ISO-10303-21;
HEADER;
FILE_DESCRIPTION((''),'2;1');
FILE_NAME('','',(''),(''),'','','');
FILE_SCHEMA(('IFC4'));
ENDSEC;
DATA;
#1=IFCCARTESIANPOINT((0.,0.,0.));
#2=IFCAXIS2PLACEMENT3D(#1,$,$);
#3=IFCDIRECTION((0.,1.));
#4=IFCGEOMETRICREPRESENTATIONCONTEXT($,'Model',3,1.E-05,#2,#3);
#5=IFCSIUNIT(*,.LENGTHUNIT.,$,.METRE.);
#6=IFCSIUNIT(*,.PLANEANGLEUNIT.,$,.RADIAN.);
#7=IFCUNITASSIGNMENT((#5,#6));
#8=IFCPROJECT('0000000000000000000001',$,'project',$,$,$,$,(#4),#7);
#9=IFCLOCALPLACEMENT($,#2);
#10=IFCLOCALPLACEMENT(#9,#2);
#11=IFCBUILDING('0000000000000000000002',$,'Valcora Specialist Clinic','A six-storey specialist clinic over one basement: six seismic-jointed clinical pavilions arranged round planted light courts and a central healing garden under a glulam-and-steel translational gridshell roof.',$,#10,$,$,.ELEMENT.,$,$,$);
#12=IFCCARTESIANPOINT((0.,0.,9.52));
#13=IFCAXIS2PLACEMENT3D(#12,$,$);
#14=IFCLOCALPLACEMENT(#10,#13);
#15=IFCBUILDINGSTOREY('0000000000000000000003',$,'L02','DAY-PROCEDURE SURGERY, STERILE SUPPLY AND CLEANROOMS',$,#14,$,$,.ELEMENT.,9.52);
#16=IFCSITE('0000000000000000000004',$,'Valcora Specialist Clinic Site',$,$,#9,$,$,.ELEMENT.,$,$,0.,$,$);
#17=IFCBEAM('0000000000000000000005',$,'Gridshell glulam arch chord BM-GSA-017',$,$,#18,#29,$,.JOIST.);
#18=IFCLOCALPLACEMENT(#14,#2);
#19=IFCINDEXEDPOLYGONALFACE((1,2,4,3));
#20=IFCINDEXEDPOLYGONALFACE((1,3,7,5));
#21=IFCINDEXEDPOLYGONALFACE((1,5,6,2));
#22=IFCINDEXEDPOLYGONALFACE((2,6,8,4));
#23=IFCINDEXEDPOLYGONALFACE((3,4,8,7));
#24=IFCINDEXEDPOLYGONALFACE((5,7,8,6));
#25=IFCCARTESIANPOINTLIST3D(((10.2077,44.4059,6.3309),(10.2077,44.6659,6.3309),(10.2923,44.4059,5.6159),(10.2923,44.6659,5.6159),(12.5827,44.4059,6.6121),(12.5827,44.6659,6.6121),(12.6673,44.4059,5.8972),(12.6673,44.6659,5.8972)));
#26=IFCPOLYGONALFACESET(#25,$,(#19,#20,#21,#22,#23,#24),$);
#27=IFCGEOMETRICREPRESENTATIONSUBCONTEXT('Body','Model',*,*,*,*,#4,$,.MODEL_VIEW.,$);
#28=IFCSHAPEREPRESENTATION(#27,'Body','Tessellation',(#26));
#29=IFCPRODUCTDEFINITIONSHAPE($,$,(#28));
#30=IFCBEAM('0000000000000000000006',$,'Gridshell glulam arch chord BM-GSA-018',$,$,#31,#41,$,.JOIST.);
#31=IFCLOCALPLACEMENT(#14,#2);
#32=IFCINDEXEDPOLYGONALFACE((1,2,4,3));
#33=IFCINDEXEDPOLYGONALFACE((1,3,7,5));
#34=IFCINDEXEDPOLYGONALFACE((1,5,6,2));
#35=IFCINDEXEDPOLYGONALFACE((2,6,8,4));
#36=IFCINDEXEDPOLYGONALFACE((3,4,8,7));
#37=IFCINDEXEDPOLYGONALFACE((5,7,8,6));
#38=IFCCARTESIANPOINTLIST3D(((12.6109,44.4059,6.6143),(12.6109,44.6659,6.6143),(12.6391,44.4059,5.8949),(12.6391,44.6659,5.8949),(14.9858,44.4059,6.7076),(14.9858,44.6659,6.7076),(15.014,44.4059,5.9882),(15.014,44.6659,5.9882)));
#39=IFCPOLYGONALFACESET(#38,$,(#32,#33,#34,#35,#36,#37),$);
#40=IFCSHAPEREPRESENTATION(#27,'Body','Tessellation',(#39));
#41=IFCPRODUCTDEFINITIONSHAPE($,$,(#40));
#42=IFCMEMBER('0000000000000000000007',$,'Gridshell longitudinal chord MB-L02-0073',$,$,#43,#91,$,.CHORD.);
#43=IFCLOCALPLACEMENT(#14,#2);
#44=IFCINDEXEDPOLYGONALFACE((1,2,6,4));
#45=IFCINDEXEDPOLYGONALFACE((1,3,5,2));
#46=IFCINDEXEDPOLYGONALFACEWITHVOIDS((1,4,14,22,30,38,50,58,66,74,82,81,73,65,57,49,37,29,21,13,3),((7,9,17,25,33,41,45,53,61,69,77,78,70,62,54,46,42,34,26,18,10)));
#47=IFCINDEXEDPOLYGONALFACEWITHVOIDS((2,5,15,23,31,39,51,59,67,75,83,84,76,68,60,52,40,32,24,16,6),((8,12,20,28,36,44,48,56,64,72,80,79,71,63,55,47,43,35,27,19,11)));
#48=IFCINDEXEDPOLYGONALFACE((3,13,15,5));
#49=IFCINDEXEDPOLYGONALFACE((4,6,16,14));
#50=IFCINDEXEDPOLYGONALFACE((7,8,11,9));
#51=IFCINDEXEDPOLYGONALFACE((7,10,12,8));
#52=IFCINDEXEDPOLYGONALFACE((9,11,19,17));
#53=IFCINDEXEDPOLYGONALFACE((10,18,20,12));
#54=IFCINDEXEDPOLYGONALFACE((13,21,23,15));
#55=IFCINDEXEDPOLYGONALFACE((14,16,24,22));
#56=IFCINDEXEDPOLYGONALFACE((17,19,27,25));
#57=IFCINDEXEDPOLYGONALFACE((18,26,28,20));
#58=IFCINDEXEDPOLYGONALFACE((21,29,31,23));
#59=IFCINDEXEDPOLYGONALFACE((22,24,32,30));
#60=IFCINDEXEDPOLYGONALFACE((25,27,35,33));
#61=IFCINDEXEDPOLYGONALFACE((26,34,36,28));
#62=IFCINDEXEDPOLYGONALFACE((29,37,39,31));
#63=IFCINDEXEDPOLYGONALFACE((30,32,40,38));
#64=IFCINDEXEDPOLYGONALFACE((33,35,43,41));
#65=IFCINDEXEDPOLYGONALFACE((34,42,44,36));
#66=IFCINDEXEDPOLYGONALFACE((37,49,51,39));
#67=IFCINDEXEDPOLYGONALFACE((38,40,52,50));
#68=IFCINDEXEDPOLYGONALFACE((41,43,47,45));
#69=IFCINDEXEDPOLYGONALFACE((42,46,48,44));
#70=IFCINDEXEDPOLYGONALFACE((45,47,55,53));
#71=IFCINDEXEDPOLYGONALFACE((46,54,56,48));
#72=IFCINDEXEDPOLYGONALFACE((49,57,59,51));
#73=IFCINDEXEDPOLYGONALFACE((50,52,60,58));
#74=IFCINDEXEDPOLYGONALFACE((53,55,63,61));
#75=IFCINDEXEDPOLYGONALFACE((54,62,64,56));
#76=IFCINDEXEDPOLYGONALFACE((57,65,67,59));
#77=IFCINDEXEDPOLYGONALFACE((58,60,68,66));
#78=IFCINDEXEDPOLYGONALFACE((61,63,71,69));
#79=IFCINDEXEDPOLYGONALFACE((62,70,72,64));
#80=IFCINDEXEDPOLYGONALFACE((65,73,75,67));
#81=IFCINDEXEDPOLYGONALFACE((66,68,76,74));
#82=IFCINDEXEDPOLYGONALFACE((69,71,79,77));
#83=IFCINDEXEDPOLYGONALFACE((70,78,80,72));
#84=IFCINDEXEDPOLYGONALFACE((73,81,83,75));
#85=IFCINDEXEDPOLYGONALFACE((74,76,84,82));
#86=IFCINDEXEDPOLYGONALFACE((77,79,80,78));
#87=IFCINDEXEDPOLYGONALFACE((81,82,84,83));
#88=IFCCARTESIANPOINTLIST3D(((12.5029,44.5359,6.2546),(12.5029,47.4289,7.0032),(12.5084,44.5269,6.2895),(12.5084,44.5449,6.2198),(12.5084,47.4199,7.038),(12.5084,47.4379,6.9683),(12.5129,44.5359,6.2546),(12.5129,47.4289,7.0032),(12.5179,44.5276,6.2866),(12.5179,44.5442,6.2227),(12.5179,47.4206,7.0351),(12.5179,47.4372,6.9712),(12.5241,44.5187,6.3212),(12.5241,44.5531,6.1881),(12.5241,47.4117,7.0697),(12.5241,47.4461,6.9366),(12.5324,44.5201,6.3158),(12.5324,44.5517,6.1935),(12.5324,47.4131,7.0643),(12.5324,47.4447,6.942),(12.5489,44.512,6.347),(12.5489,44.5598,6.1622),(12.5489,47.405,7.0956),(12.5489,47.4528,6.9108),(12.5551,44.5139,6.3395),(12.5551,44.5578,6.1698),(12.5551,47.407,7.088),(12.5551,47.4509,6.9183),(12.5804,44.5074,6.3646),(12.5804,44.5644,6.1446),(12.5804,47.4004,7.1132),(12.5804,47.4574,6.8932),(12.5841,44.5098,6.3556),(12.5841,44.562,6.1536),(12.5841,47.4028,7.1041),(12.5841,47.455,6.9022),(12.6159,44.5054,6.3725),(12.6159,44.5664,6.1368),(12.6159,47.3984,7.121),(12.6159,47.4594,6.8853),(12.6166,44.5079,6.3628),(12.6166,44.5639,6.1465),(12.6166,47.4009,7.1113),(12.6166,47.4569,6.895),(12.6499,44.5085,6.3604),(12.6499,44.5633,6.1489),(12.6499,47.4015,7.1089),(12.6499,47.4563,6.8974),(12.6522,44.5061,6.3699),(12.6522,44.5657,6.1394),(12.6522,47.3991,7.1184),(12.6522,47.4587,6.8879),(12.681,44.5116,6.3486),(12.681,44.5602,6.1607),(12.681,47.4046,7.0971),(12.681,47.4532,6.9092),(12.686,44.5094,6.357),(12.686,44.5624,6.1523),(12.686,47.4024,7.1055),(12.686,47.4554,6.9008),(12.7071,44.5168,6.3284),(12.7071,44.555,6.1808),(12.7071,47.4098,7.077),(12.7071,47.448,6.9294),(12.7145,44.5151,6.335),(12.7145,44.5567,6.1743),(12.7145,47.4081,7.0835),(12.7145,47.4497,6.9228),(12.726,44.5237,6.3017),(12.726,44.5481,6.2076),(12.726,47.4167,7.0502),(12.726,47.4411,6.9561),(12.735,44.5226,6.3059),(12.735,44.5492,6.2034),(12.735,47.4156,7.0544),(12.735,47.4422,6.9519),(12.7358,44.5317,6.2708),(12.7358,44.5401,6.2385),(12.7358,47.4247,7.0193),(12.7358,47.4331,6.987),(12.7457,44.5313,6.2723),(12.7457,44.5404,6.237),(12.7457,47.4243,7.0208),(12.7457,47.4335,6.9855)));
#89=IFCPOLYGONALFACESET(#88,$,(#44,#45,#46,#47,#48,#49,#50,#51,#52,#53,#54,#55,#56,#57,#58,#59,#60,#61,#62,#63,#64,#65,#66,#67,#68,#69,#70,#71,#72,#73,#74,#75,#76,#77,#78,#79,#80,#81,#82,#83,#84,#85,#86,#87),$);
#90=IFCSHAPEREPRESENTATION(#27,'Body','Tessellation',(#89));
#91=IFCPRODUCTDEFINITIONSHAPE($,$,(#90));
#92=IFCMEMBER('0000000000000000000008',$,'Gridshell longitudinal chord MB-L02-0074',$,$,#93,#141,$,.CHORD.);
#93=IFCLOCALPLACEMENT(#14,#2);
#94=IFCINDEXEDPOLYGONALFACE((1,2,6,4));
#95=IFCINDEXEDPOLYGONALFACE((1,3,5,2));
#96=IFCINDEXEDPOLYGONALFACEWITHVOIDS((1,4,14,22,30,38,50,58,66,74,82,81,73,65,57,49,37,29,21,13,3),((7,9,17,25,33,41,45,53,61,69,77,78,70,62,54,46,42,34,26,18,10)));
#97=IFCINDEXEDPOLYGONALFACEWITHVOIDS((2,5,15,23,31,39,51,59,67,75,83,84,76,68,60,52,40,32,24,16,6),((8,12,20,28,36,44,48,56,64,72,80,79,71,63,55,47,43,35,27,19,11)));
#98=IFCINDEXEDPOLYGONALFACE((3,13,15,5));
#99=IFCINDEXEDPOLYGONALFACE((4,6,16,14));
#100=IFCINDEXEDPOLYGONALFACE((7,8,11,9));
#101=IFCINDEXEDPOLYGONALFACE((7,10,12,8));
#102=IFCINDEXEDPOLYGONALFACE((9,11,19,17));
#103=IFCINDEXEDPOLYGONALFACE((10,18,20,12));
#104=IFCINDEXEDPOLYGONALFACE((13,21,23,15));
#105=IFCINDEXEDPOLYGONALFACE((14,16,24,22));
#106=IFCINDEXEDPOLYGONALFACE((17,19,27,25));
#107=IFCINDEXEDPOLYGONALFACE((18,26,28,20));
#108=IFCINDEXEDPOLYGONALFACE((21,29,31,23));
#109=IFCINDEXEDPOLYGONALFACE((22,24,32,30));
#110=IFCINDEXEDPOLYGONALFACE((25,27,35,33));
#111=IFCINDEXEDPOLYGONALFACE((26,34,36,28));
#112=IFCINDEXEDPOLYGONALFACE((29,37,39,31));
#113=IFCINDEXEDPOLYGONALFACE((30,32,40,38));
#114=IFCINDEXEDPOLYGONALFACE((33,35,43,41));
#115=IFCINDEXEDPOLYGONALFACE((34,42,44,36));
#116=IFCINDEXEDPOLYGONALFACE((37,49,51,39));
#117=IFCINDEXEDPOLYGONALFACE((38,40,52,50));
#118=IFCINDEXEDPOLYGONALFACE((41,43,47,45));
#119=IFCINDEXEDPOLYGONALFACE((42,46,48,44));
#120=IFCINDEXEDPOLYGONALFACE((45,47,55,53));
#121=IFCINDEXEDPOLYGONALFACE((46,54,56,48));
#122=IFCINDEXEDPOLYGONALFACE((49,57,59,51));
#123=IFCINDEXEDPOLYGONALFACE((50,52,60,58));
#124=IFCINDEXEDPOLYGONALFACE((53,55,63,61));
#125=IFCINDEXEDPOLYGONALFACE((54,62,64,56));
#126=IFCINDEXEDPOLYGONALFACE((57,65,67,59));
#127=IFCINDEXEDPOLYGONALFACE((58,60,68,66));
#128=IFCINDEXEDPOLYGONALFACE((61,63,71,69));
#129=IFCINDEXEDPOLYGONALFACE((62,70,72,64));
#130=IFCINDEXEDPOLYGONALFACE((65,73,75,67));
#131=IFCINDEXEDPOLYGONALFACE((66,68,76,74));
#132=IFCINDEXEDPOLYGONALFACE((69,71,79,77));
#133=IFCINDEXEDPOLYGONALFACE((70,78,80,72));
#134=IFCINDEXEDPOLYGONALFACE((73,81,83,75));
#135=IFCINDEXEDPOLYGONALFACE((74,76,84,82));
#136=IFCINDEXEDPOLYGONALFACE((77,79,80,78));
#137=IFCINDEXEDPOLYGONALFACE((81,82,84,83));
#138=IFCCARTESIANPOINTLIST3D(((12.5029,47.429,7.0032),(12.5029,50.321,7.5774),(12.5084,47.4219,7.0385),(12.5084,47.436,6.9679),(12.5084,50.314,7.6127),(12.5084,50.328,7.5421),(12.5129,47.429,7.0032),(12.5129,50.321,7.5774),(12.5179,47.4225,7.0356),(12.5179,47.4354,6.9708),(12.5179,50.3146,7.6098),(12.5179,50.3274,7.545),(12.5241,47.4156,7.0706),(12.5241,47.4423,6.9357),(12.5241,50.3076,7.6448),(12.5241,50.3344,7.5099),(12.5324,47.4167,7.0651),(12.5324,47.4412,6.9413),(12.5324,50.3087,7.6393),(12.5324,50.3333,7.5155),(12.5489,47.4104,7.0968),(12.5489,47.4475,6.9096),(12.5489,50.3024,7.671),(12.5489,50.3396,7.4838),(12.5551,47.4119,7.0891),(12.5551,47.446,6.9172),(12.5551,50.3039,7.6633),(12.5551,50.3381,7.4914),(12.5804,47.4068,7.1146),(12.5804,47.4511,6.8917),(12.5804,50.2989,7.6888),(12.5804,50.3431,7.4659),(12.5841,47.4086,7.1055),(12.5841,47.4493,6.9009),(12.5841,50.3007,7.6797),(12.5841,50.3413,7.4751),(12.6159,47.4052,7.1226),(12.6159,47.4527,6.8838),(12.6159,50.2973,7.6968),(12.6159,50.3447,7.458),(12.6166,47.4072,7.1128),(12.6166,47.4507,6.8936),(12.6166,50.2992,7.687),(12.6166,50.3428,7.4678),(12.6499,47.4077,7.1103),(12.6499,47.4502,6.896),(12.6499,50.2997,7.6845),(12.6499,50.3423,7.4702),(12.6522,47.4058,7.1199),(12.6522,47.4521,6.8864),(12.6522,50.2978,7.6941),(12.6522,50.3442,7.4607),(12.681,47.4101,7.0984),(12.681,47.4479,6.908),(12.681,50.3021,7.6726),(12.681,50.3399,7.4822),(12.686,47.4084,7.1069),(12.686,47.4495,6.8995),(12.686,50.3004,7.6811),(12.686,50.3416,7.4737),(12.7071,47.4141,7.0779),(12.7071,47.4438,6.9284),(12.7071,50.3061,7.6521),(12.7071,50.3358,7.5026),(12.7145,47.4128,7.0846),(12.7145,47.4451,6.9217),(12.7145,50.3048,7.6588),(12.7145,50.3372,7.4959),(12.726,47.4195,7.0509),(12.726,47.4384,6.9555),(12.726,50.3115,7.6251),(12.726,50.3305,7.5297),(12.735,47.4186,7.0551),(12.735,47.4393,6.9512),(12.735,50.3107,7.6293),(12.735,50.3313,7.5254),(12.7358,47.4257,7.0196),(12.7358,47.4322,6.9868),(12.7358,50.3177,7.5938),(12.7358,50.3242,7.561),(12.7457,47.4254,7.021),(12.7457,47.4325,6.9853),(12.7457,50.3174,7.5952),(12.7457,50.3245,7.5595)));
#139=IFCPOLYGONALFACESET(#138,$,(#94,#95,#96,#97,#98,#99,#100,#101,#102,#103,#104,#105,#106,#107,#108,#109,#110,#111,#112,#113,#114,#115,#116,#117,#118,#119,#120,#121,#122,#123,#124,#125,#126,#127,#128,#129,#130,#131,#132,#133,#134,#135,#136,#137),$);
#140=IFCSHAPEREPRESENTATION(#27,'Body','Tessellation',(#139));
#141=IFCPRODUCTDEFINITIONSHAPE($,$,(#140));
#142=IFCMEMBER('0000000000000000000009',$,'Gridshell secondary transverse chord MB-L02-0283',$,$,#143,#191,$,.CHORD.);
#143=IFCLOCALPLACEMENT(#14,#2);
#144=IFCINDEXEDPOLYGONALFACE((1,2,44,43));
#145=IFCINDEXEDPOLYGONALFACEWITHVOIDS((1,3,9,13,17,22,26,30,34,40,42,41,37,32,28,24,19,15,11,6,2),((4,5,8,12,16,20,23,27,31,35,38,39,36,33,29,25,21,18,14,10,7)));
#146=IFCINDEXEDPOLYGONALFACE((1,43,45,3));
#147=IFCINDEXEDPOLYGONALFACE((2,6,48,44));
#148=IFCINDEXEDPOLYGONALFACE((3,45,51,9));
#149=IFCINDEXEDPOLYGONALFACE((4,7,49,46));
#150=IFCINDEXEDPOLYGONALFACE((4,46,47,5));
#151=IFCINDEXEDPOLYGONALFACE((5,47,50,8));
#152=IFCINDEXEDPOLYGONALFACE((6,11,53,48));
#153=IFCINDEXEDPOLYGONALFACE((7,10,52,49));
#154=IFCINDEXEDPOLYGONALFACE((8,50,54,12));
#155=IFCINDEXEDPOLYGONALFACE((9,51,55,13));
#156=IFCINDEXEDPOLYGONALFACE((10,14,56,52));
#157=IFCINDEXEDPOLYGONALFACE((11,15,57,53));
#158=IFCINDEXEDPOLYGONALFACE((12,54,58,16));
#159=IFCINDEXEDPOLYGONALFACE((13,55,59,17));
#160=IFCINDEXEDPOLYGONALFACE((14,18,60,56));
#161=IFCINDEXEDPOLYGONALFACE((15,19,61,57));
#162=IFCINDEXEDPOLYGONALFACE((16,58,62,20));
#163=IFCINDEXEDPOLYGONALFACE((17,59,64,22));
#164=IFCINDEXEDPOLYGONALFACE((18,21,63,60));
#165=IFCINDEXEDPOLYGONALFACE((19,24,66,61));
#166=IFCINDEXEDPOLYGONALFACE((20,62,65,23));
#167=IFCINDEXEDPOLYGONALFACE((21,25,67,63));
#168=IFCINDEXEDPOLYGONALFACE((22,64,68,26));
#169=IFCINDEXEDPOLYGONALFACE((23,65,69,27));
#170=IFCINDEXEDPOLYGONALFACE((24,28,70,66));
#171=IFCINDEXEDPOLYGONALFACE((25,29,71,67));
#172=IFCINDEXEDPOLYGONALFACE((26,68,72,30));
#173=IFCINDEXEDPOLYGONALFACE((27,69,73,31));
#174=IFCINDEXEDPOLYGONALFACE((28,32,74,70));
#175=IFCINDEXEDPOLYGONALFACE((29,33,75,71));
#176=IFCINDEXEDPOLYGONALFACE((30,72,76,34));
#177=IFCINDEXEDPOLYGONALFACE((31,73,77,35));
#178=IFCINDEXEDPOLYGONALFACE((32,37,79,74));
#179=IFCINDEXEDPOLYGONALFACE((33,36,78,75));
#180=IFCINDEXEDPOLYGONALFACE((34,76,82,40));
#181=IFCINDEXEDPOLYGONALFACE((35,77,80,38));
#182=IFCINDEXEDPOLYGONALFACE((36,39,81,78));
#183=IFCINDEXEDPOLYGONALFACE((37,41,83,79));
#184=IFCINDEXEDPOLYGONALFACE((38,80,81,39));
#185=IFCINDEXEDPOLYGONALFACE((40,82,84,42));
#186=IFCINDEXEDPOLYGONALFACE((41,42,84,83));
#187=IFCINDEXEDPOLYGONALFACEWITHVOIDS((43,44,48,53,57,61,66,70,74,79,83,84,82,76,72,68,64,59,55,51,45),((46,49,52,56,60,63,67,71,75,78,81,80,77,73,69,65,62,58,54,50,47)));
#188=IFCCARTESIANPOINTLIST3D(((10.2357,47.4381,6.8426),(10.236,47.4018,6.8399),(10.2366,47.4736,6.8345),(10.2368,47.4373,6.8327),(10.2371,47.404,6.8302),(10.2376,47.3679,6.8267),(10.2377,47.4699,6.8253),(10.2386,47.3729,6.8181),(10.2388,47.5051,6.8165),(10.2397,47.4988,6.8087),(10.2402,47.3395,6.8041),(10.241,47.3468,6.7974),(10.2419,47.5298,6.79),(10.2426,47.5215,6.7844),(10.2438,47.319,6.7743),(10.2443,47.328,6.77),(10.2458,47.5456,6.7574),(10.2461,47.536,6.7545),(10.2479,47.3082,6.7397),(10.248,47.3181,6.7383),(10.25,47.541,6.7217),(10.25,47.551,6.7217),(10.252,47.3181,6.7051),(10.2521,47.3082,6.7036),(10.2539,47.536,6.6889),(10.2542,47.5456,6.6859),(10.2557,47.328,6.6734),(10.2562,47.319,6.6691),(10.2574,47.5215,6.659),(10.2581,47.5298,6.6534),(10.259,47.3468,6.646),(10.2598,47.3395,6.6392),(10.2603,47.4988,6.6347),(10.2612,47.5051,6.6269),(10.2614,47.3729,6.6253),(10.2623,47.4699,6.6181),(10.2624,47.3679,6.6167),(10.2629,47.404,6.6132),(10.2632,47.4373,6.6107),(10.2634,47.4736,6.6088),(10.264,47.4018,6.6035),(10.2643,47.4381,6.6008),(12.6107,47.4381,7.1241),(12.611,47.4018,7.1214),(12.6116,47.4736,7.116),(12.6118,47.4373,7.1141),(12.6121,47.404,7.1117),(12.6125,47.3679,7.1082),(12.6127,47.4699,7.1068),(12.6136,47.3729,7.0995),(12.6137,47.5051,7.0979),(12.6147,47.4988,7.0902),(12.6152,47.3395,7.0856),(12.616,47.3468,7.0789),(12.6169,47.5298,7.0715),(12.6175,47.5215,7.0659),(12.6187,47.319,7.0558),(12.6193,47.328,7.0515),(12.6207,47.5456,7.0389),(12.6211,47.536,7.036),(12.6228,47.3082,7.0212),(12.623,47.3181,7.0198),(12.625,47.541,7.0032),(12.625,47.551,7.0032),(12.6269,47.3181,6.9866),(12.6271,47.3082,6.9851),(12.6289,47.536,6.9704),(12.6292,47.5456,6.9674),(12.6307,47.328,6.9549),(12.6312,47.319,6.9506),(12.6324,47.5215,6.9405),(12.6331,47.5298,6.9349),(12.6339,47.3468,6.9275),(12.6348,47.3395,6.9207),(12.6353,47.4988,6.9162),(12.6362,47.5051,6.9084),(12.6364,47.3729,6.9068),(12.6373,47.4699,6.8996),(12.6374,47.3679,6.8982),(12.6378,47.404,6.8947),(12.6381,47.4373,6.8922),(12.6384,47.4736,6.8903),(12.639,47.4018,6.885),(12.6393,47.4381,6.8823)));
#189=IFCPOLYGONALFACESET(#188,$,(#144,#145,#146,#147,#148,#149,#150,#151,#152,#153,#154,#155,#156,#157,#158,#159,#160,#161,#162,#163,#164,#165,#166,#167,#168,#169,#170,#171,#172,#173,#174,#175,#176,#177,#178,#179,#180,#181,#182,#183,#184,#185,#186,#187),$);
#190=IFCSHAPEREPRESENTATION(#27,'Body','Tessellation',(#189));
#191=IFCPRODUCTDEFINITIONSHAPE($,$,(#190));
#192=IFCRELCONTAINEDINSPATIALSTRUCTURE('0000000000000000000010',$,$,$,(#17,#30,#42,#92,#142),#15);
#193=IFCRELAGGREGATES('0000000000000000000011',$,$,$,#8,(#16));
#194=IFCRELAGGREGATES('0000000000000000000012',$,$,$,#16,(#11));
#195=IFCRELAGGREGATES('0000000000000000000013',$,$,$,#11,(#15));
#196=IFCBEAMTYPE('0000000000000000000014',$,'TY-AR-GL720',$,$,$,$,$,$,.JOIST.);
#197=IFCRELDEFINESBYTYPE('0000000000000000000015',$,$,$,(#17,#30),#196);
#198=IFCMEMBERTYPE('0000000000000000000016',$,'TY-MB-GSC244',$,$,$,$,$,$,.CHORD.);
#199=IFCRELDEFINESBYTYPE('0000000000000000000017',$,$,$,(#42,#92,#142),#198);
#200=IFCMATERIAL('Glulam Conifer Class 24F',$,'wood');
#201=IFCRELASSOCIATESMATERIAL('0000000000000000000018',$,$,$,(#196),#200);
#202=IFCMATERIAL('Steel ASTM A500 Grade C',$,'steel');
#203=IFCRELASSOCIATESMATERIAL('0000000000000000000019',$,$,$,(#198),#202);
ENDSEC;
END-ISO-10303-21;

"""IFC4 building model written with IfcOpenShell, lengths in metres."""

from ifc_helpers import new_model, si_unit, direction, frame, origin, origin_2d, place, context, subcontext, project, spatial, rectangle, hollow_circle, extrude, material, material_profile, profile_set, type_object, element, save


model = new_model("IFC4")

# Units and contexts
model_context = context("Model", 3, precision=1e-05, world=origin(), true_north=direction((0.0, 1.0)))
body_context = subcontext(model_context, "Body", "Model", "MODEL_VIEW")
ifc_project = project(units=[si_unit("LENGTHUNIT", "METRE"), si_unit("PLANEANGLEUNIT", "RADIAN")], contexts=[model_context])

# Site, building, storey
site_placement = place(None, origin())
site = spatial("IfcSite", under=ifc_project, at=site_placement, Name="Valcora Specialist Clinic Site", CompositionType="ELEMENT", RefElevation=0.0)
building_placement = place(site_placement, origin())
building = spatial("IfcBuilding", under=site, at=building_placement, Name="Valcora Specialist Clinic", Description="A six-storey specialist clinic over one basement: six seismic-jointed clinical pavilions arranged round planted light courts and a central healing garden under a glulam-and-steel translational gridshell roof.", CompositionType="ELEMENT")
storey_placement = place(building_placement, frame((0.0, 0.0, 9.52)))
storey = spatial("IfcBuildingStorey", under=building, at=storey_placement, Name="L02", Description="DAY-PROCEDURE SURGERY, STERILE SUPPLY AND CLEANROOMS", CompositionType="ELEMENT", Elevation=9.52)

# Beams
ifc_material_1 = material(Name="Glulam Conifer Class 24F", Category="wood")
ifc_material_profile_1 = material_profile(ifc_material_1, rectangle(XDim=0.26, YDim=0.72, at=origin_2d()), Name="GL-ARC-260X720")
ifc_profile_set_1 = profile_set([ifc_material_profile_1], Name="Glulam Conifer Class 24F")
beam_type = type_object("IfcBeamType", Name="TY-AR-GL720", PredefinedType="JOIST", material=ifc_profile_set_1)
beam_1_placement = place(storey_placement, frame((10.25, 44.5359, 5.9734), z_axis=(0.993061, 0.0, 0.117599), x_axis=(0.0, 1.0, 0.0)))
element("IfcBeam", 1, at=beam_1_placement, inside=storey, type_object=beam_type, Name="Gridshell glulam arch chord BM-GSA-017", PredefinedType="JOIST", context=body_context, shape_type="SweptSolid", body=[
    extrude(rectangle(XDim=0.26, YDim=0.72, at=origin_2d()), origin(), (0.0, 0.0, 1.0), 2.3916),
])
beam_2_placement = place(storey_placement, frame((12.625, 44.5359, 6.2546), z_axis=(0.99923, 0.0, 0.039238), x_axis=(0.0, 1.0, 0.0)))
element("IfcBeam", 2, at=beam_2_placement, inside=storey, type_object=beam_type, Name="Gridshell glulam arch chord BM-GSA-018", PredefinedType="JOIST", context=body_context, shape_type="SweptSolid", body=[
    extrude(rectangle(XDim=0.26, YDim=0.72, at=origin_2d()), origin(), (0.0, 0.0, 1.0), 2.3767),
])

# Members
ifc_material_2 = material(Name="Steel ASTM A500 Grade C", Category="steel")
ifc_material_profile_2 = material_profile(ifc_material_2, hollow_circle(Radius=0.1221, WallThickness=0.01, at=origin_2d()), Name="ST-CHS-244X10")
ifc_profile_set_2 = profile_set([ifc_material_profile_2], Name="Steel ASTM A500 Grade C")
member_type_1 = type_object("IfcMemberType", Name="TY-MB-GSC244", PredefinedType="CHORD", material=ifc_profile_set_2)
member_1_placement = place(storey_placement, frame((12.625, 44.5359, 6.2546), z_axis=(0.0, 0.96812, 0.250486), x_axis=(-1.0, 0.0, 0.0)))
element("IfcMember", 3, at=member_1_placement, inside=storey, type_object=member_type_1, Name="Gridshell longitudinal chord MB-L02-0073", PredefinedType="CHORD", context=body_context, shape_type="SweptSolid", body=[
    extrude(hollow_circle(Radius=0.1221, WallThickness=0.01, at=origin_2d()), origin(), (0.0, 0.0, 1.0), 2.9883),
])
member_2_placement = place(storey_placement, frame((12.625, 47.429, 7.0032), z_axis=(0.0, 0.980854, 0.194747), x_axis=(-1.0, 0.0, 0.0)))
element("IfcMember", 4, at=member_2_placement, inside=storey, type_object=member_type_1, Name="Gridshell longitudinal chord MB-L02-0074", PredefinedType="CHORD", context=body_context, shape_type="SweptSolid", body=[
    extrude(hollow_circle(Radius=0.1221, WallThickness=0.01, at=origin_2d()), origin(), (0.0, 0.0, 1.0), 2.9485),
])
member_3_placement = place(storey_placement, frame((10.25, 47.429, 6.7217), z_axis=(0.993049, 0.0, 0.1177), x_axis=(0.0, 1.0, 0.0)))
element("IfcMember", 5, at=member_3_placement, inside=storey, type_object=member_type_1, Name="Gridshell secondary transverse chord MB-L02-0283", PredefinedType="CHORD", context=body_context, shape_type="SweptSolid", body=[
    extrude(hollow_circle(Radius=0.1221, WallThickness=0.01, at=origin_2d()), origin(), (0.0, 0.0, 1.0), 2.3916),
])

save(model, "model.ifc")
